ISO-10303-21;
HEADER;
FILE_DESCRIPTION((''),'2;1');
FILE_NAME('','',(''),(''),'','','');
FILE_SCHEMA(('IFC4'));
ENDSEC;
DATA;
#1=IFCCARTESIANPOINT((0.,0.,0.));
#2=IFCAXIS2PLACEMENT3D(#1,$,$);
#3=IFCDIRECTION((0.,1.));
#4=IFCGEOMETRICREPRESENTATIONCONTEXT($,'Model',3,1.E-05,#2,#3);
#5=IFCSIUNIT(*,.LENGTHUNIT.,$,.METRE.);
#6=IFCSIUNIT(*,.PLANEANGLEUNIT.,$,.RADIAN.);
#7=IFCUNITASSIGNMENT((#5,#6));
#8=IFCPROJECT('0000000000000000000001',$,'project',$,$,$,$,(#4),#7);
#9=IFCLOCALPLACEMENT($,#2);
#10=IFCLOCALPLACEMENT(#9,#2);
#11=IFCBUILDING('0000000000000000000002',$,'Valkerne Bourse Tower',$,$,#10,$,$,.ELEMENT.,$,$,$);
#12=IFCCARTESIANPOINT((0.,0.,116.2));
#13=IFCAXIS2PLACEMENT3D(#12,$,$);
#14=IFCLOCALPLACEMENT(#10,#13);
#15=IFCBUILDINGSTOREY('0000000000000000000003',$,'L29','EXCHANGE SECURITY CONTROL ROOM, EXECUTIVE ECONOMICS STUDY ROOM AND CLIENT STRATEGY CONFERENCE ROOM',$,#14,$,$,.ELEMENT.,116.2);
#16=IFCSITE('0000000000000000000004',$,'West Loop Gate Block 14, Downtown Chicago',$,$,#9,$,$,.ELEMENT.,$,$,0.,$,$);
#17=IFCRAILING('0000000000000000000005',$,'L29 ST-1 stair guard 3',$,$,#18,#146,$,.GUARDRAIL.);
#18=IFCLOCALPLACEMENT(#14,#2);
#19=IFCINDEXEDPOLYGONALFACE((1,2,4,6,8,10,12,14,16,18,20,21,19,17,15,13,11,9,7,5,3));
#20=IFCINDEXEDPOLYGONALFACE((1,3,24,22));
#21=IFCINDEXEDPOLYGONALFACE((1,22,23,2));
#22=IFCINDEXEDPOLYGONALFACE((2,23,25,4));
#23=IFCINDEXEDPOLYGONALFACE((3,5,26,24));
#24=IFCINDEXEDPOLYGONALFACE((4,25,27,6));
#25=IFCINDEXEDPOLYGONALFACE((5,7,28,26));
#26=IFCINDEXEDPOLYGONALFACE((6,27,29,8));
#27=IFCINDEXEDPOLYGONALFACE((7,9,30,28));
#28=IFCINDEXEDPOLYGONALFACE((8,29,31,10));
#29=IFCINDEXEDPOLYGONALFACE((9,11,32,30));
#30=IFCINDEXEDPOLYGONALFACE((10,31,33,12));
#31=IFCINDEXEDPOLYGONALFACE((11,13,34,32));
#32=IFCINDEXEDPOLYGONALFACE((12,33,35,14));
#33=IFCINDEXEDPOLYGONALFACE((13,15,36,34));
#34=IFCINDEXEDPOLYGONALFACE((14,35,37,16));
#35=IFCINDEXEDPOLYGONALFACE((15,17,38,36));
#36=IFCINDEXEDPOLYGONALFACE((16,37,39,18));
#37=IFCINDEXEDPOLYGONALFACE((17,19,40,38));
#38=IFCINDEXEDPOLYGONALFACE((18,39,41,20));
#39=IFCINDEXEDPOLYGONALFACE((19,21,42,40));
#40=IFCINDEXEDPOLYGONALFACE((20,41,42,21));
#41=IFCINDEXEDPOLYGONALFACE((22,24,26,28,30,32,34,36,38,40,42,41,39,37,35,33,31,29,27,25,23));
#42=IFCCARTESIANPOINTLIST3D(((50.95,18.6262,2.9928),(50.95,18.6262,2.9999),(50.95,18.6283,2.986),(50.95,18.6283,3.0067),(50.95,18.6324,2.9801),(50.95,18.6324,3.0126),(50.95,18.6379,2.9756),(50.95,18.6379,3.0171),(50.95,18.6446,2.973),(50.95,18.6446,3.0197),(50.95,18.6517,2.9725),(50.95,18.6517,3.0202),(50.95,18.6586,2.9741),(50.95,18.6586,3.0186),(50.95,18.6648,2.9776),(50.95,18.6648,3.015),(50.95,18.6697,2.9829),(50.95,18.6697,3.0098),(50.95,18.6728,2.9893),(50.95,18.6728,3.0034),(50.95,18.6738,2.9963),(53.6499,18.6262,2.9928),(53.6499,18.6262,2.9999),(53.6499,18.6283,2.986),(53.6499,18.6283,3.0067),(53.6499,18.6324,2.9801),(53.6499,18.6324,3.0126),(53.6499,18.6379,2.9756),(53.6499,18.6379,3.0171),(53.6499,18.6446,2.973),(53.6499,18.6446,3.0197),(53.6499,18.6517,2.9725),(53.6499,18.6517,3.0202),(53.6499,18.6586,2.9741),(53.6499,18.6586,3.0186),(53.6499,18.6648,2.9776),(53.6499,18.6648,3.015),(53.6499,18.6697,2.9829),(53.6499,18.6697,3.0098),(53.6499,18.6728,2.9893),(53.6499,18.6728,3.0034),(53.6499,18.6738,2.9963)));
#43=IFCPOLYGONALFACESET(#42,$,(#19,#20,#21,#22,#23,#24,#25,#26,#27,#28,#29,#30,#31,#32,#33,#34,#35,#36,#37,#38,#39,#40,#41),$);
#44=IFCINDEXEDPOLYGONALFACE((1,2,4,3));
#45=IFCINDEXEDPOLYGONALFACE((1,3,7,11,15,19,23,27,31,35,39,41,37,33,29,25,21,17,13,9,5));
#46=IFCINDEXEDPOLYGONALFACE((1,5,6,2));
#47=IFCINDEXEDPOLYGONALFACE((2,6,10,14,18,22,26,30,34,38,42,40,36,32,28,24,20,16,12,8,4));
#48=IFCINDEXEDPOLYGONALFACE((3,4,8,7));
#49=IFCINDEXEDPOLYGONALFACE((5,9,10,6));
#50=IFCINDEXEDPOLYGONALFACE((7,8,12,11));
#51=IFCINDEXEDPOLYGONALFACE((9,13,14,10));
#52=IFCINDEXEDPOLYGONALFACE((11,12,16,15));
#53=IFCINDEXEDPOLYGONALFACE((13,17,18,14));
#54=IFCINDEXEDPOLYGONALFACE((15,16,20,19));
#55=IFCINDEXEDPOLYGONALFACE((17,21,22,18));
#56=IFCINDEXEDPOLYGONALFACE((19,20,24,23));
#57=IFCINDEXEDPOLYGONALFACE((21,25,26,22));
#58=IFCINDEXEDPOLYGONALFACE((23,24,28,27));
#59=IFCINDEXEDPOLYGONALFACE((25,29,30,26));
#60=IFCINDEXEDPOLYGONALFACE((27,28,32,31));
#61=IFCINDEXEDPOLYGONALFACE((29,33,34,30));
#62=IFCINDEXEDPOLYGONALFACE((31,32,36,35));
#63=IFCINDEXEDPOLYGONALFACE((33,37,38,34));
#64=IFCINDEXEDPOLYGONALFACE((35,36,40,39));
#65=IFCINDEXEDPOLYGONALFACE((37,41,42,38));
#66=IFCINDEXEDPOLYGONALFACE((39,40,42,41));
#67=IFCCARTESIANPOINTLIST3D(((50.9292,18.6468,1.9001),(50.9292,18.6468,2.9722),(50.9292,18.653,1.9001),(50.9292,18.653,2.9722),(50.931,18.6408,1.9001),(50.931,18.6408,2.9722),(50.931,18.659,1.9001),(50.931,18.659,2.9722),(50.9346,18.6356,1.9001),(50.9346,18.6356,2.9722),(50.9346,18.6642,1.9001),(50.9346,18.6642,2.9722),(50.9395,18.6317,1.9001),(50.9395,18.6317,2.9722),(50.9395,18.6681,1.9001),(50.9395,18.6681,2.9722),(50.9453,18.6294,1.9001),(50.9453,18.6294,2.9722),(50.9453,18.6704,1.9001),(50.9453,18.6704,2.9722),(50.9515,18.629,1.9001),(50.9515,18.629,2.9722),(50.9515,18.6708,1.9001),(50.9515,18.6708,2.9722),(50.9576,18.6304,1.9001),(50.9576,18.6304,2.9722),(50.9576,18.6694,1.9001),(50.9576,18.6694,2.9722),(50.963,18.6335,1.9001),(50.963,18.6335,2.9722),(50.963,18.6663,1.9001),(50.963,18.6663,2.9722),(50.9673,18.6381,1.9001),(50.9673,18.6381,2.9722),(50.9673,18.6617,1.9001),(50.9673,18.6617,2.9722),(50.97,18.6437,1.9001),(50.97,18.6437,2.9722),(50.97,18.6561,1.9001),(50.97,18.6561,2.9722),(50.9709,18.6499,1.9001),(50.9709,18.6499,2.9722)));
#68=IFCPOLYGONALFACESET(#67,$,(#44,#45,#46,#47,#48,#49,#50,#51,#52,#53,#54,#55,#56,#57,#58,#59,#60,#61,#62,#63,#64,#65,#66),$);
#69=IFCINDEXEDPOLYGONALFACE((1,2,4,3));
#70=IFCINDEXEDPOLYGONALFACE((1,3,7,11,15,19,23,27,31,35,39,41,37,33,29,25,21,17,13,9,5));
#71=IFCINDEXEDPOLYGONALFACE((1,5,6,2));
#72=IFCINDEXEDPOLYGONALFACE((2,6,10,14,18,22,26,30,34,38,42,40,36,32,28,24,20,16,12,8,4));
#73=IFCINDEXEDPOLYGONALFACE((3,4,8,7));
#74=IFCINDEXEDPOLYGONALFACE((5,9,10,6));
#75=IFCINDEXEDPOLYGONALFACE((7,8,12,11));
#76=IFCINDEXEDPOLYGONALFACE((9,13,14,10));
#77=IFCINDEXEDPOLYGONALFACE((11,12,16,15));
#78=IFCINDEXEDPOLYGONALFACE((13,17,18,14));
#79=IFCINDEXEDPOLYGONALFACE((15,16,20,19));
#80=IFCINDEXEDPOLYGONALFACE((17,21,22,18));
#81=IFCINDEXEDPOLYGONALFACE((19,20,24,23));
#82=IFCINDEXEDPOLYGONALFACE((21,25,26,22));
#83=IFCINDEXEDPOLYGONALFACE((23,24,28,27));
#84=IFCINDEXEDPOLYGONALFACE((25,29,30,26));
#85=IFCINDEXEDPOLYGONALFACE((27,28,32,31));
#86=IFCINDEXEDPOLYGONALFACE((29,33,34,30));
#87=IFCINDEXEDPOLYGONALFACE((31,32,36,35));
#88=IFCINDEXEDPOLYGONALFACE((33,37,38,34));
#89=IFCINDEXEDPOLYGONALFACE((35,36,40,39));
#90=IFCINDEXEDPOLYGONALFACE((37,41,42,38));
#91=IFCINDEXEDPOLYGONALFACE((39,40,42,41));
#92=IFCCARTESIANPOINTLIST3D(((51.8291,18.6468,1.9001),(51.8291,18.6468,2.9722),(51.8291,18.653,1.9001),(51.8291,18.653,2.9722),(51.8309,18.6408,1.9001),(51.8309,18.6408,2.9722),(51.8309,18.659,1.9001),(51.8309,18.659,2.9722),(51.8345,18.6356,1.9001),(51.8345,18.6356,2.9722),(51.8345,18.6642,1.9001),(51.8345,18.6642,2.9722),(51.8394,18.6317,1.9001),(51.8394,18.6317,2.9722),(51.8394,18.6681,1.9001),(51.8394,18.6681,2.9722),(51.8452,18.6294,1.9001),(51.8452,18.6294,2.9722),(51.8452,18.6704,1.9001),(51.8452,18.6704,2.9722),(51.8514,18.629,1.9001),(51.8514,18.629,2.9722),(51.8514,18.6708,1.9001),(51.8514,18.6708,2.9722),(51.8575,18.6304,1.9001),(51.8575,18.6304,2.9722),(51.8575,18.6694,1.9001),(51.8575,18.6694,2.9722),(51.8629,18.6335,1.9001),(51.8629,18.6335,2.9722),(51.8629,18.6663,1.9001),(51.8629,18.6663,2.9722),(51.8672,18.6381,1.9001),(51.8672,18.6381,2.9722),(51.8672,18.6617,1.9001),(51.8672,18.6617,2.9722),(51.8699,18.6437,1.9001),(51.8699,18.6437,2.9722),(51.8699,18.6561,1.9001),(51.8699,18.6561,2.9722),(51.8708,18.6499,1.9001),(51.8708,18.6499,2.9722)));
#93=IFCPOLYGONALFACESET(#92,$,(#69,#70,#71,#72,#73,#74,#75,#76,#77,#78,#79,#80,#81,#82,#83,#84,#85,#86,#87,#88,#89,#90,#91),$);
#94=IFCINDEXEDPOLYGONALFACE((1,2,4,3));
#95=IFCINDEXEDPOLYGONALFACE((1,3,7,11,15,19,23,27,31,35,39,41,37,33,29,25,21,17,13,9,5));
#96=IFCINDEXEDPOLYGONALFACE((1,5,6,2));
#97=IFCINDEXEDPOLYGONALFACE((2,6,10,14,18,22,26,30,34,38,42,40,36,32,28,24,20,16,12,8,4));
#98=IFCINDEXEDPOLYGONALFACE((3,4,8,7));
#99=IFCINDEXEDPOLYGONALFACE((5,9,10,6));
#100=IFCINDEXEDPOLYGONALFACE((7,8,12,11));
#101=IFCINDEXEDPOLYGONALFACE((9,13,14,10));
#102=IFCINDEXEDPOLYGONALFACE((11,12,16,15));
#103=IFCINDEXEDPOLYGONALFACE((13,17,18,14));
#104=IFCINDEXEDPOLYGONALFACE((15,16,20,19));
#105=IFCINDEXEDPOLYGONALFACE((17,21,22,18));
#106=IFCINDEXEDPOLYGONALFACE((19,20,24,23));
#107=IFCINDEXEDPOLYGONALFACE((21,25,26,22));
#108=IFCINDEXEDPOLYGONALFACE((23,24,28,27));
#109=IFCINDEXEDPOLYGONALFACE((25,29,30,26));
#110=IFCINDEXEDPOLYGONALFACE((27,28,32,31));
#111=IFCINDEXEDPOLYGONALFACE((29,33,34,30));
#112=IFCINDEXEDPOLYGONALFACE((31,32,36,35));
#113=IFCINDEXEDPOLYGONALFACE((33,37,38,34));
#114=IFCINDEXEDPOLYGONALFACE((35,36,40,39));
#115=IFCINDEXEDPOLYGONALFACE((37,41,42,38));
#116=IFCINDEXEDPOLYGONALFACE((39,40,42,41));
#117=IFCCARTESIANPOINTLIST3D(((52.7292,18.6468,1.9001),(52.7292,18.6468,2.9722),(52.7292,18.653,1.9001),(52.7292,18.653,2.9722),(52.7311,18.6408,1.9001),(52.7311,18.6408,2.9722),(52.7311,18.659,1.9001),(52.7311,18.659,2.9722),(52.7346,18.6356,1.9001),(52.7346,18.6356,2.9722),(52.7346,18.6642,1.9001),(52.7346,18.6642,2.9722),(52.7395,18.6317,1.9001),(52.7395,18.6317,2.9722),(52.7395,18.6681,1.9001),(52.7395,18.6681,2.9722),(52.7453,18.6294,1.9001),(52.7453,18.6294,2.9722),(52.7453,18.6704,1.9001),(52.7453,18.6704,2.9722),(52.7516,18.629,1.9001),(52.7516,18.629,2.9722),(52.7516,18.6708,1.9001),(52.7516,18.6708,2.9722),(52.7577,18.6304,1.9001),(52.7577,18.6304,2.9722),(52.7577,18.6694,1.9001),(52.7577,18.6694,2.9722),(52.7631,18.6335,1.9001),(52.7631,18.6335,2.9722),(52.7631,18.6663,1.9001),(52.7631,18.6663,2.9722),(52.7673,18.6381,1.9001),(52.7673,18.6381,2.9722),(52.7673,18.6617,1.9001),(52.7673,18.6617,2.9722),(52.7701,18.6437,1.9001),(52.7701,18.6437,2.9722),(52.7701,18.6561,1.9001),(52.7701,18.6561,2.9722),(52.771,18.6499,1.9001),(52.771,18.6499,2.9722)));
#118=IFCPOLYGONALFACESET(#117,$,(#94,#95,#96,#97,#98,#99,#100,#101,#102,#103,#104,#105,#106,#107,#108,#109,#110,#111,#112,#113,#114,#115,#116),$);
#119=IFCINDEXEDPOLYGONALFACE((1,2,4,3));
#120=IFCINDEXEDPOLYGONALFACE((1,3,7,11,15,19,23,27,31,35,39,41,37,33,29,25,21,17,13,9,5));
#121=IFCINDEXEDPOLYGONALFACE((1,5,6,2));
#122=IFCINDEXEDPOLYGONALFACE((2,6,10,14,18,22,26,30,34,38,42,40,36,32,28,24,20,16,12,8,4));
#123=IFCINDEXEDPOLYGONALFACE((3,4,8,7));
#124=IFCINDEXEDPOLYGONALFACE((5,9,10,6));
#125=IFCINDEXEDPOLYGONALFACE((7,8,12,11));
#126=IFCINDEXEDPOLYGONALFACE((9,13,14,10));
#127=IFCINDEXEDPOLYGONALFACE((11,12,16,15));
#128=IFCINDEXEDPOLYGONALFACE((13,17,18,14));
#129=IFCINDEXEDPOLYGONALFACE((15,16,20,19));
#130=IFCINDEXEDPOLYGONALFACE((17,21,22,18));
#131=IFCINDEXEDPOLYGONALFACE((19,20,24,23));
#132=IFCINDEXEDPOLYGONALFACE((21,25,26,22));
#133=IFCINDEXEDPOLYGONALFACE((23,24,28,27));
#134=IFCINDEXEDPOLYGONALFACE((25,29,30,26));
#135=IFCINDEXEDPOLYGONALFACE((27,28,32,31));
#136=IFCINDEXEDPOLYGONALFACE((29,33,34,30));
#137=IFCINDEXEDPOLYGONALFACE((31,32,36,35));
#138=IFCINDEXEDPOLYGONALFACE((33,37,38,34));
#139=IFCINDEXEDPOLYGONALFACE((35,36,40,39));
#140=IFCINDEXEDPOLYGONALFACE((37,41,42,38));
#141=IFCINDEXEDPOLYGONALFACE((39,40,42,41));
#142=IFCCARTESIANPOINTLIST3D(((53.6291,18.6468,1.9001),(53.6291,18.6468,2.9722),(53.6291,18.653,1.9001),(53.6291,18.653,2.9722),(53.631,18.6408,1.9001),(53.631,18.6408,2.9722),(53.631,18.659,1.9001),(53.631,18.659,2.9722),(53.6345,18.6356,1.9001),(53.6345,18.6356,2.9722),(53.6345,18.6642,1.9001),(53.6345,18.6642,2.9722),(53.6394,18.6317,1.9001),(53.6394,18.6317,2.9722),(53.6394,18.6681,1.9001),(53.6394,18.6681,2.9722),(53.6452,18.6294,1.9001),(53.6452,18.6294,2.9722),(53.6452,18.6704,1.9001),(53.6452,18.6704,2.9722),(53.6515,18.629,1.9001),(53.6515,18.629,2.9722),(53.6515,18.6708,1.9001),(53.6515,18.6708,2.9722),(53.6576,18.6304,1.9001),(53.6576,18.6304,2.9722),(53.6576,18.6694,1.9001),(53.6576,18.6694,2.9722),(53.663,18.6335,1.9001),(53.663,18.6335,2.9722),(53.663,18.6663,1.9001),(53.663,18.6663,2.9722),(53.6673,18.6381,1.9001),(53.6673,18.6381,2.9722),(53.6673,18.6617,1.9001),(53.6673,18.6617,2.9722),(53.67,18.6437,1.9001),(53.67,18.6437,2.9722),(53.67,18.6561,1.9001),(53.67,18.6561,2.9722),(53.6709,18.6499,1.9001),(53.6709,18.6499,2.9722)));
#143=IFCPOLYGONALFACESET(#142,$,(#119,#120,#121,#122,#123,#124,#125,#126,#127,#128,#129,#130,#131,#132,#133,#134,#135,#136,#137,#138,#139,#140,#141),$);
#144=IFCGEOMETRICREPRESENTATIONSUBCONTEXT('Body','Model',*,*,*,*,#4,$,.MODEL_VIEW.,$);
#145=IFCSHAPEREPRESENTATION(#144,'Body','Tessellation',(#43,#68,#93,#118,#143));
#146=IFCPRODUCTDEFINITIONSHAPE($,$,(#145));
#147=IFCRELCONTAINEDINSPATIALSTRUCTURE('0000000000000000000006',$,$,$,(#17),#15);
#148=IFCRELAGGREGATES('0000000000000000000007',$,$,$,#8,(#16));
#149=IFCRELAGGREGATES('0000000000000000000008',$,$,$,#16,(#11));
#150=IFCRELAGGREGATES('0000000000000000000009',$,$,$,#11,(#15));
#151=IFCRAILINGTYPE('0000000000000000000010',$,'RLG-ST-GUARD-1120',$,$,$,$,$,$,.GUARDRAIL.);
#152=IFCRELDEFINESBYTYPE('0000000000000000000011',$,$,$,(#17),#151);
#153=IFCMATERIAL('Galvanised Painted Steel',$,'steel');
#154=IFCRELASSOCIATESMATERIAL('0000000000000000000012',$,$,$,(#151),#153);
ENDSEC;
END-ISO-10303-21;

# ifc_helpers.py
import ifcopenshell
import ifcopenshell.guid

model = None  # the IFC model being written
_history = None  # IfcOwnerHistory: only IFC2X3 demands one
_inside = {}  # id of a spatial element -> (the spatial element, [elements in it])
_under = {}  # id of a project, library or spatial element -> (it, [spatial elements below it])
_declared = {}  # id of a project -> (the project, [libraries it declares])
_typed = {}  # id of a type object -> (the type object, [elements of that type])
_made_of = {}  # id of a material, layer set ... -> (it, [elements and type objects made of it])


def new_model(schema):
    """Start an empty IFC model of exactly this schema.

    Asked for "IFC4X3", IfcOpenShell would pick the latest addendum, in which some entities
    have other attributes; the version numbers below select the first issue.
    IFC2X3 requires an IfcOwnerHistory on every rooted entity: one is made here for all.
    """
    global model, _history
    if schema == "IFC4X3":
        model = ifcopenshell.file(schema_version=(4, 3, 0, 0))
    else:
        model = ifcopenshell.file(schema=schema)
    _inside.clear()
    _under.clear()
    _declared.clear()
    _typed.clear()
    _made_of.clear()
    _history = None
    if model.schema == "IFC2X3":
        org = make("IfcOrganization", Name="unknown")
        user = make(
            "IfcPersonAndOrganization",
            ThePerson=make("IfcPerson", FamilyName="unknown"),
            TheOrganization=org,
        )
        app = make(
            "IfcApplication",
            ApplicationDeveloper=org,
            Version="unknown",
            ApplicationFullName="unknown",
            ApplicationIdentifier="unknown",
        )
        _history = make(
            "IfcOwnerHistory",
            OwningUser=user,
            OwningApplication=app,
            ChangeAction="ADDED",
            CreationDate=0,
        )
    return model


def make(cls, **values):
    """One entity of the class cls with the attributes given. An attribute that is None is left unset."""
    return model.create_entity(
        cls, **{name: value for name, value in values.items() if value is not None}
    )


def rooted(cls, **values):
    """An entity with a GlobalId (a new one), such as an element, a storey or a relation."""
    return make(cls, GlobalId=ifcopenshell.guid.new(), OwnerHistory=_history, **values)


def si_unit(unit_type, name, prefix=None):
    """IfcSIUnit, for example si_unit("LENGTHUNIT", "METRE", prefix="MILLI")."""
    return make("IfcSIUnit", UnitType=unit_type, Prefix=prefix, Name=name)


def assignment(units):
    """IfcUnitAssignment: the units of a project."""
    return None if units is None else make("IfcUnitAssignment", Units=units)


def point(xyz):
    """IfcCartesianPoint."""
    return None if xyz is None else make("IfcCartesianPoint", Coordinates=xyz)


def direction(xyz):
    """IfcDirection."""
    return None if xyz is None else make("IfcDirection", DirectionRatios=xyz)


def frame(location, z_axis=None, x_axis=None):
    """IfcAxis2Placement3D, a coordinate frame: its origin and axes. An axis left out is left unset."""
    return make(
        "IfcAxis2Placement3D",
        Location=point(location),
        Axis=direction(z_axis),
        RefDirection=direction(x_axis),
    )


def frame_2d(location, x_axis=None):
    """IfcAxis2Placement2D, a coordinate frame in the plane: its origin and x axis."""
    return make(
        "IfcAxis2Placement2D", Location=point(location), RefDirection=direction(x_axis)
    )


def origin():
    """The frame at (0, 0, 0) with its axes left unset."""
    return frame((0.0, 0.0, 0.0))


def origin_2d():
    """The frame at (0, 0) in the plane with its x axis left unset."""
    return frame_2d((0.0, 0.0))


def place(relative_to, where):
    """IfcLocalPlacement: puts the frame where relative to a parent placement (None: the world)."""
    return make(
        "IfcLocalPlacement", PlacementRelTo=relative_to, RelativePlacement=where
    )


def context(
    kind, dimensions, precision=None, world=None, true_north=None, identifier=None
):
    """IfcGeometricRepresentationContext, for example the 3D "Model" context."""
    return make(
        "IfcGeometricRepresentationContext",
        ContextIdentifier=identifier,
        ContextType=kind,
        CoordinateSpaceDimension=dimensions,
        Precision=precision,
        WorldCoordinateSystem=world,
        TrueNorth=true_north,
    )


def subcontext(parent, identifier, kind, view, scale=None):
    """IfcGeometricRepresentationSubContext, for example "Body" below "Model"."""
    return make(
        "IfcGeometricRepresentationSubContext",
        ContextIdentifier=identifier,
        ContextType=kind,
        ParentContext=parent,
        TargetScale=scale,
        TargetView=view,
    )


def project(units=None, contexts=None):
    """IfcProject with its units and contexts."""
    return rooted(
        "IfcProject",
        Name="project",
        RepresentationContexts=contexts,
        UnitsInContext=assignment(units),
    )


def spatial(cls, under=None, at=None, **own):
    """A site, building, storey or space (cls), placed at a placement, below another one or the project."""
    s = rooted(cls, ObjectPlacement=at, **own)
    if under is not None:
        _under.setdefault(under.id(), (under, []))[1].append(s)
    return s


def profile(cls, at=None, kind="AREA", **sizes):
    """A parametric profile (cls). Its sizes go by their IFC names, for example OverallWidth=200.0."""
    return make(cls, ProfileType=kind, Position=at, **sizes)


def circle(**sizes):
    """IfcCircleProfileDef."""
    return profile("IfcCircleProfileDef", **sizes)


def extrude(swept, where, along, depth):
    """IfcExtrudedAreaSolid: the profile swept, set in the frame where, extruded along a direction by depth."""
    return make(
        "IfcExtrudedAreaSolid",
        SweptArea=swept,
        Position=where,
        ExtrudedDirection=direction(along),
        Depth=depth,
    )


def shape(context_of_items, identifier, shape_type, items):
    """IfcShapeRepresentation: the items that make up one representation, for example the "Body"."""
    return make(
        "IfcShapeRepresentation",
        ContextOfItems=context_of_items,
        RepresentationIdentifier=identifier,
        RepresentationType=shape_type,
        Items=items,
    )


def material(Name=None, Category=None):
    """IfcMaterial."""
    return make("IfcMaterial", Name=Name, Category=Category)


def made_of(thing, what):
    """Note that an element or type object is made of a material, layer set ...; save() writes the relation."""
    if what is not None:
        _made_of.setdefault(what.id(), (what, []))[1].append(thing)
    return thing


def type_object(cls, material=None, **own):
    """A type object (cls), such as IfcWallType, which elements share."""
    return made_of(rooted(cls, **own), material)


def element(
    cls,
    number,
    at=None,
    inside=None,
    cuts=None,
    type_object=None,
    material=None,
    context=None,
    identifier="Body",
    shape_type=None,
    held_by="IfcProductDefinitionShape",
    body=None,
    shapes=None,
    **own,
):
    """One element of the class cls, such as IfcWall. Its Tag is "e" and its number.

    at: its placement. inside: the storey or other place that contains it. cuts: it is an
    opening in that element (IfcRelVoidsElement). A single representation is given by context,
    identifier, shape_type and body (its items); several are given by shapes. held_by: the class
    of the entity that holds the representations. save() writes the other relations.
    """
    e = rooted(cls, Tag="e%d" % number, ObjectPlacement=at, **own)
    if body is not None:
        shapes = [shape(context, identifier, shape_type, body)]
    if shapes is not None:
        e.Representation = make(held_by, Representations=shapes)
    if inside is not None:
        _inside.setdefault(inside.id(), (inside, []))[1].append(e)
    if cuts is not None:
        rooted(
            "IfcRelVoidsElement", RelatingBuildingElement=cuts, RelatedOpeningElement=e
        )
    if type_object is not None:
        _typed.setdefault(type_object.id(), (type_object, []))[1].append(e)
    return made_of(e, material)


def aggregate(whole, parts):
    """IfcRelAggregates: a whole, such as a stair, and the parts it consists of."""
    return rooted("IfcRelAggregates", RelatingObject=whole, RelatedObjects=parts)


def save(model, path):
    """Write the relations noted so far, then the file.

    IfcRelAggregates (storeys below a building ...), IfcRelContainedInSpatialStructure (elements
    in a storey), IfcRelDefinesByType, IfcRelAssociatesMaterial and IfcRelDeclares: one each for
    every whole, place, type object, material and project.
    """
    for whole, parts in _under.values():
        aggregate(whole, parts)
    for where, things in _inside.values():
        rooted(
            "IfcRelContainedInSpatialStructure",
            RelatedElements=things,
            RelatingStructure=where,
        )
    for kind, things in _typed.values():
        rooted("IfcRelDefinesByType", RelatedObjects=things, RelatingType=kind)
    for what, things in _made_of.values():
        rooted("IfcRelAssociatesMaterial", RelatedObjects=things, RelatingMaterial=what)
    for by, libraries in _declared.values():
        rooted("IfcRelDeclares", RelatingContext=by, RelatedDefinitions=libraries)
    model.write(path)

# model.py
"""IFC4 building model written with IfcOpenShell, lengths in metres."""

from ifc_helpers import new_model, si_unit, direction, frame, origin, origin_2d, place, context, subcontext, project, spatial, circle, extrude, material, type_object, element, save


model = new_model("IFC4")

# Units and contexts
model_context = context("Model", 3, precision=1e-05, world=origin(), true_north=direction((0.0, 1.0)))
body_context = subcontext(model_context, "Body", "Model", "MODEL_VIEW")
ifc_project = project(units=[si_unit("LENGTHUNIT", "METRE"), si_unit("PLANEANGLEUNIT", "RADIAN")], contexts=[model_context])

# Site, building, storey
site_placement = place(None, origin())
site = spatial("IfcSite", under=ifc_project, at=site_placement, Name="West Loop Gate Block 14, Downtown Chicago", CompositionType="ELEMENT", RefElevation=0.0)
building_placement = place(site_placement, origin())
building = spatial("IfcBuilding", under=site, at=building_placement, Name="Valkerne Bourse Tower", CompositionType="ELEMENT")
storey_placement = place(building_placement, frame((0.0, 0.0, 116.2)))
storey = spatial("IfcBuildingStorey", under=building, at=storey_placement, Name="L29", Description="EXCHANGE SECURITY CONTROL ROOM, EXECUTIVE ECONOMICS STUDY ROOM AND CLIENT STRATEGY CONFERENCE ROOM", CompositionType="ELEMENT", Elevation=116.2)

# Shared definitions
ifc_material_1 = material(Name="Galvanised Painted Steel", Category="steel")

# Railing
railing_type_1 = type_object("IfcRailingType", Name="RLG-ST-GUARD-1120", PredefinedType="GUARDRAIL", material=ifc_material_1)
for number, where, name in (
    (1, (50.95, 18.6499, 1.9001), "L29 ST-1 stair guard 3"),
):
    element("IfcRailing", number, at=place(storey_placement, frame(where)), inside=storey, type_object=railing_type_1, Name=name, PredefinedType="GUARDRAIL", context=body_context, shape_type="SweptSolid", body=[
        extrude(circle(Radius=0.0239, at=origin_2d()), frame((0.0, 0.0, 1.0962), z_axis=(1.0, 0.0, 0.0), x_axis=(0.0, 1.0, 0.0)), (0.0, 0.0, 1.0), 2.7),
        extrude(circle(Radius=0.021, at=origin_2d()), origin(), (0.0, 0.0, 1.0), 1.072),
        extrude(circle(Radius=0.021, at=origin_2d()), frame((0.8999, 0.0, 0.0)), (0.0, 0.0, 1.0), 1.072),
        extrude(circle(Radius=0.021, at=origin_2d()), frame((1.8, 0.0, 0.0)), (0.0, 0.0, 1.0), 1.072),
        extrude(circle(Radius=0.021, at=origin_2d()), frame((2.7, 0.0, 0.0)), (0.0, 0.0, 1.0), 1.072),
    ])

save(model, "model.ifc")
